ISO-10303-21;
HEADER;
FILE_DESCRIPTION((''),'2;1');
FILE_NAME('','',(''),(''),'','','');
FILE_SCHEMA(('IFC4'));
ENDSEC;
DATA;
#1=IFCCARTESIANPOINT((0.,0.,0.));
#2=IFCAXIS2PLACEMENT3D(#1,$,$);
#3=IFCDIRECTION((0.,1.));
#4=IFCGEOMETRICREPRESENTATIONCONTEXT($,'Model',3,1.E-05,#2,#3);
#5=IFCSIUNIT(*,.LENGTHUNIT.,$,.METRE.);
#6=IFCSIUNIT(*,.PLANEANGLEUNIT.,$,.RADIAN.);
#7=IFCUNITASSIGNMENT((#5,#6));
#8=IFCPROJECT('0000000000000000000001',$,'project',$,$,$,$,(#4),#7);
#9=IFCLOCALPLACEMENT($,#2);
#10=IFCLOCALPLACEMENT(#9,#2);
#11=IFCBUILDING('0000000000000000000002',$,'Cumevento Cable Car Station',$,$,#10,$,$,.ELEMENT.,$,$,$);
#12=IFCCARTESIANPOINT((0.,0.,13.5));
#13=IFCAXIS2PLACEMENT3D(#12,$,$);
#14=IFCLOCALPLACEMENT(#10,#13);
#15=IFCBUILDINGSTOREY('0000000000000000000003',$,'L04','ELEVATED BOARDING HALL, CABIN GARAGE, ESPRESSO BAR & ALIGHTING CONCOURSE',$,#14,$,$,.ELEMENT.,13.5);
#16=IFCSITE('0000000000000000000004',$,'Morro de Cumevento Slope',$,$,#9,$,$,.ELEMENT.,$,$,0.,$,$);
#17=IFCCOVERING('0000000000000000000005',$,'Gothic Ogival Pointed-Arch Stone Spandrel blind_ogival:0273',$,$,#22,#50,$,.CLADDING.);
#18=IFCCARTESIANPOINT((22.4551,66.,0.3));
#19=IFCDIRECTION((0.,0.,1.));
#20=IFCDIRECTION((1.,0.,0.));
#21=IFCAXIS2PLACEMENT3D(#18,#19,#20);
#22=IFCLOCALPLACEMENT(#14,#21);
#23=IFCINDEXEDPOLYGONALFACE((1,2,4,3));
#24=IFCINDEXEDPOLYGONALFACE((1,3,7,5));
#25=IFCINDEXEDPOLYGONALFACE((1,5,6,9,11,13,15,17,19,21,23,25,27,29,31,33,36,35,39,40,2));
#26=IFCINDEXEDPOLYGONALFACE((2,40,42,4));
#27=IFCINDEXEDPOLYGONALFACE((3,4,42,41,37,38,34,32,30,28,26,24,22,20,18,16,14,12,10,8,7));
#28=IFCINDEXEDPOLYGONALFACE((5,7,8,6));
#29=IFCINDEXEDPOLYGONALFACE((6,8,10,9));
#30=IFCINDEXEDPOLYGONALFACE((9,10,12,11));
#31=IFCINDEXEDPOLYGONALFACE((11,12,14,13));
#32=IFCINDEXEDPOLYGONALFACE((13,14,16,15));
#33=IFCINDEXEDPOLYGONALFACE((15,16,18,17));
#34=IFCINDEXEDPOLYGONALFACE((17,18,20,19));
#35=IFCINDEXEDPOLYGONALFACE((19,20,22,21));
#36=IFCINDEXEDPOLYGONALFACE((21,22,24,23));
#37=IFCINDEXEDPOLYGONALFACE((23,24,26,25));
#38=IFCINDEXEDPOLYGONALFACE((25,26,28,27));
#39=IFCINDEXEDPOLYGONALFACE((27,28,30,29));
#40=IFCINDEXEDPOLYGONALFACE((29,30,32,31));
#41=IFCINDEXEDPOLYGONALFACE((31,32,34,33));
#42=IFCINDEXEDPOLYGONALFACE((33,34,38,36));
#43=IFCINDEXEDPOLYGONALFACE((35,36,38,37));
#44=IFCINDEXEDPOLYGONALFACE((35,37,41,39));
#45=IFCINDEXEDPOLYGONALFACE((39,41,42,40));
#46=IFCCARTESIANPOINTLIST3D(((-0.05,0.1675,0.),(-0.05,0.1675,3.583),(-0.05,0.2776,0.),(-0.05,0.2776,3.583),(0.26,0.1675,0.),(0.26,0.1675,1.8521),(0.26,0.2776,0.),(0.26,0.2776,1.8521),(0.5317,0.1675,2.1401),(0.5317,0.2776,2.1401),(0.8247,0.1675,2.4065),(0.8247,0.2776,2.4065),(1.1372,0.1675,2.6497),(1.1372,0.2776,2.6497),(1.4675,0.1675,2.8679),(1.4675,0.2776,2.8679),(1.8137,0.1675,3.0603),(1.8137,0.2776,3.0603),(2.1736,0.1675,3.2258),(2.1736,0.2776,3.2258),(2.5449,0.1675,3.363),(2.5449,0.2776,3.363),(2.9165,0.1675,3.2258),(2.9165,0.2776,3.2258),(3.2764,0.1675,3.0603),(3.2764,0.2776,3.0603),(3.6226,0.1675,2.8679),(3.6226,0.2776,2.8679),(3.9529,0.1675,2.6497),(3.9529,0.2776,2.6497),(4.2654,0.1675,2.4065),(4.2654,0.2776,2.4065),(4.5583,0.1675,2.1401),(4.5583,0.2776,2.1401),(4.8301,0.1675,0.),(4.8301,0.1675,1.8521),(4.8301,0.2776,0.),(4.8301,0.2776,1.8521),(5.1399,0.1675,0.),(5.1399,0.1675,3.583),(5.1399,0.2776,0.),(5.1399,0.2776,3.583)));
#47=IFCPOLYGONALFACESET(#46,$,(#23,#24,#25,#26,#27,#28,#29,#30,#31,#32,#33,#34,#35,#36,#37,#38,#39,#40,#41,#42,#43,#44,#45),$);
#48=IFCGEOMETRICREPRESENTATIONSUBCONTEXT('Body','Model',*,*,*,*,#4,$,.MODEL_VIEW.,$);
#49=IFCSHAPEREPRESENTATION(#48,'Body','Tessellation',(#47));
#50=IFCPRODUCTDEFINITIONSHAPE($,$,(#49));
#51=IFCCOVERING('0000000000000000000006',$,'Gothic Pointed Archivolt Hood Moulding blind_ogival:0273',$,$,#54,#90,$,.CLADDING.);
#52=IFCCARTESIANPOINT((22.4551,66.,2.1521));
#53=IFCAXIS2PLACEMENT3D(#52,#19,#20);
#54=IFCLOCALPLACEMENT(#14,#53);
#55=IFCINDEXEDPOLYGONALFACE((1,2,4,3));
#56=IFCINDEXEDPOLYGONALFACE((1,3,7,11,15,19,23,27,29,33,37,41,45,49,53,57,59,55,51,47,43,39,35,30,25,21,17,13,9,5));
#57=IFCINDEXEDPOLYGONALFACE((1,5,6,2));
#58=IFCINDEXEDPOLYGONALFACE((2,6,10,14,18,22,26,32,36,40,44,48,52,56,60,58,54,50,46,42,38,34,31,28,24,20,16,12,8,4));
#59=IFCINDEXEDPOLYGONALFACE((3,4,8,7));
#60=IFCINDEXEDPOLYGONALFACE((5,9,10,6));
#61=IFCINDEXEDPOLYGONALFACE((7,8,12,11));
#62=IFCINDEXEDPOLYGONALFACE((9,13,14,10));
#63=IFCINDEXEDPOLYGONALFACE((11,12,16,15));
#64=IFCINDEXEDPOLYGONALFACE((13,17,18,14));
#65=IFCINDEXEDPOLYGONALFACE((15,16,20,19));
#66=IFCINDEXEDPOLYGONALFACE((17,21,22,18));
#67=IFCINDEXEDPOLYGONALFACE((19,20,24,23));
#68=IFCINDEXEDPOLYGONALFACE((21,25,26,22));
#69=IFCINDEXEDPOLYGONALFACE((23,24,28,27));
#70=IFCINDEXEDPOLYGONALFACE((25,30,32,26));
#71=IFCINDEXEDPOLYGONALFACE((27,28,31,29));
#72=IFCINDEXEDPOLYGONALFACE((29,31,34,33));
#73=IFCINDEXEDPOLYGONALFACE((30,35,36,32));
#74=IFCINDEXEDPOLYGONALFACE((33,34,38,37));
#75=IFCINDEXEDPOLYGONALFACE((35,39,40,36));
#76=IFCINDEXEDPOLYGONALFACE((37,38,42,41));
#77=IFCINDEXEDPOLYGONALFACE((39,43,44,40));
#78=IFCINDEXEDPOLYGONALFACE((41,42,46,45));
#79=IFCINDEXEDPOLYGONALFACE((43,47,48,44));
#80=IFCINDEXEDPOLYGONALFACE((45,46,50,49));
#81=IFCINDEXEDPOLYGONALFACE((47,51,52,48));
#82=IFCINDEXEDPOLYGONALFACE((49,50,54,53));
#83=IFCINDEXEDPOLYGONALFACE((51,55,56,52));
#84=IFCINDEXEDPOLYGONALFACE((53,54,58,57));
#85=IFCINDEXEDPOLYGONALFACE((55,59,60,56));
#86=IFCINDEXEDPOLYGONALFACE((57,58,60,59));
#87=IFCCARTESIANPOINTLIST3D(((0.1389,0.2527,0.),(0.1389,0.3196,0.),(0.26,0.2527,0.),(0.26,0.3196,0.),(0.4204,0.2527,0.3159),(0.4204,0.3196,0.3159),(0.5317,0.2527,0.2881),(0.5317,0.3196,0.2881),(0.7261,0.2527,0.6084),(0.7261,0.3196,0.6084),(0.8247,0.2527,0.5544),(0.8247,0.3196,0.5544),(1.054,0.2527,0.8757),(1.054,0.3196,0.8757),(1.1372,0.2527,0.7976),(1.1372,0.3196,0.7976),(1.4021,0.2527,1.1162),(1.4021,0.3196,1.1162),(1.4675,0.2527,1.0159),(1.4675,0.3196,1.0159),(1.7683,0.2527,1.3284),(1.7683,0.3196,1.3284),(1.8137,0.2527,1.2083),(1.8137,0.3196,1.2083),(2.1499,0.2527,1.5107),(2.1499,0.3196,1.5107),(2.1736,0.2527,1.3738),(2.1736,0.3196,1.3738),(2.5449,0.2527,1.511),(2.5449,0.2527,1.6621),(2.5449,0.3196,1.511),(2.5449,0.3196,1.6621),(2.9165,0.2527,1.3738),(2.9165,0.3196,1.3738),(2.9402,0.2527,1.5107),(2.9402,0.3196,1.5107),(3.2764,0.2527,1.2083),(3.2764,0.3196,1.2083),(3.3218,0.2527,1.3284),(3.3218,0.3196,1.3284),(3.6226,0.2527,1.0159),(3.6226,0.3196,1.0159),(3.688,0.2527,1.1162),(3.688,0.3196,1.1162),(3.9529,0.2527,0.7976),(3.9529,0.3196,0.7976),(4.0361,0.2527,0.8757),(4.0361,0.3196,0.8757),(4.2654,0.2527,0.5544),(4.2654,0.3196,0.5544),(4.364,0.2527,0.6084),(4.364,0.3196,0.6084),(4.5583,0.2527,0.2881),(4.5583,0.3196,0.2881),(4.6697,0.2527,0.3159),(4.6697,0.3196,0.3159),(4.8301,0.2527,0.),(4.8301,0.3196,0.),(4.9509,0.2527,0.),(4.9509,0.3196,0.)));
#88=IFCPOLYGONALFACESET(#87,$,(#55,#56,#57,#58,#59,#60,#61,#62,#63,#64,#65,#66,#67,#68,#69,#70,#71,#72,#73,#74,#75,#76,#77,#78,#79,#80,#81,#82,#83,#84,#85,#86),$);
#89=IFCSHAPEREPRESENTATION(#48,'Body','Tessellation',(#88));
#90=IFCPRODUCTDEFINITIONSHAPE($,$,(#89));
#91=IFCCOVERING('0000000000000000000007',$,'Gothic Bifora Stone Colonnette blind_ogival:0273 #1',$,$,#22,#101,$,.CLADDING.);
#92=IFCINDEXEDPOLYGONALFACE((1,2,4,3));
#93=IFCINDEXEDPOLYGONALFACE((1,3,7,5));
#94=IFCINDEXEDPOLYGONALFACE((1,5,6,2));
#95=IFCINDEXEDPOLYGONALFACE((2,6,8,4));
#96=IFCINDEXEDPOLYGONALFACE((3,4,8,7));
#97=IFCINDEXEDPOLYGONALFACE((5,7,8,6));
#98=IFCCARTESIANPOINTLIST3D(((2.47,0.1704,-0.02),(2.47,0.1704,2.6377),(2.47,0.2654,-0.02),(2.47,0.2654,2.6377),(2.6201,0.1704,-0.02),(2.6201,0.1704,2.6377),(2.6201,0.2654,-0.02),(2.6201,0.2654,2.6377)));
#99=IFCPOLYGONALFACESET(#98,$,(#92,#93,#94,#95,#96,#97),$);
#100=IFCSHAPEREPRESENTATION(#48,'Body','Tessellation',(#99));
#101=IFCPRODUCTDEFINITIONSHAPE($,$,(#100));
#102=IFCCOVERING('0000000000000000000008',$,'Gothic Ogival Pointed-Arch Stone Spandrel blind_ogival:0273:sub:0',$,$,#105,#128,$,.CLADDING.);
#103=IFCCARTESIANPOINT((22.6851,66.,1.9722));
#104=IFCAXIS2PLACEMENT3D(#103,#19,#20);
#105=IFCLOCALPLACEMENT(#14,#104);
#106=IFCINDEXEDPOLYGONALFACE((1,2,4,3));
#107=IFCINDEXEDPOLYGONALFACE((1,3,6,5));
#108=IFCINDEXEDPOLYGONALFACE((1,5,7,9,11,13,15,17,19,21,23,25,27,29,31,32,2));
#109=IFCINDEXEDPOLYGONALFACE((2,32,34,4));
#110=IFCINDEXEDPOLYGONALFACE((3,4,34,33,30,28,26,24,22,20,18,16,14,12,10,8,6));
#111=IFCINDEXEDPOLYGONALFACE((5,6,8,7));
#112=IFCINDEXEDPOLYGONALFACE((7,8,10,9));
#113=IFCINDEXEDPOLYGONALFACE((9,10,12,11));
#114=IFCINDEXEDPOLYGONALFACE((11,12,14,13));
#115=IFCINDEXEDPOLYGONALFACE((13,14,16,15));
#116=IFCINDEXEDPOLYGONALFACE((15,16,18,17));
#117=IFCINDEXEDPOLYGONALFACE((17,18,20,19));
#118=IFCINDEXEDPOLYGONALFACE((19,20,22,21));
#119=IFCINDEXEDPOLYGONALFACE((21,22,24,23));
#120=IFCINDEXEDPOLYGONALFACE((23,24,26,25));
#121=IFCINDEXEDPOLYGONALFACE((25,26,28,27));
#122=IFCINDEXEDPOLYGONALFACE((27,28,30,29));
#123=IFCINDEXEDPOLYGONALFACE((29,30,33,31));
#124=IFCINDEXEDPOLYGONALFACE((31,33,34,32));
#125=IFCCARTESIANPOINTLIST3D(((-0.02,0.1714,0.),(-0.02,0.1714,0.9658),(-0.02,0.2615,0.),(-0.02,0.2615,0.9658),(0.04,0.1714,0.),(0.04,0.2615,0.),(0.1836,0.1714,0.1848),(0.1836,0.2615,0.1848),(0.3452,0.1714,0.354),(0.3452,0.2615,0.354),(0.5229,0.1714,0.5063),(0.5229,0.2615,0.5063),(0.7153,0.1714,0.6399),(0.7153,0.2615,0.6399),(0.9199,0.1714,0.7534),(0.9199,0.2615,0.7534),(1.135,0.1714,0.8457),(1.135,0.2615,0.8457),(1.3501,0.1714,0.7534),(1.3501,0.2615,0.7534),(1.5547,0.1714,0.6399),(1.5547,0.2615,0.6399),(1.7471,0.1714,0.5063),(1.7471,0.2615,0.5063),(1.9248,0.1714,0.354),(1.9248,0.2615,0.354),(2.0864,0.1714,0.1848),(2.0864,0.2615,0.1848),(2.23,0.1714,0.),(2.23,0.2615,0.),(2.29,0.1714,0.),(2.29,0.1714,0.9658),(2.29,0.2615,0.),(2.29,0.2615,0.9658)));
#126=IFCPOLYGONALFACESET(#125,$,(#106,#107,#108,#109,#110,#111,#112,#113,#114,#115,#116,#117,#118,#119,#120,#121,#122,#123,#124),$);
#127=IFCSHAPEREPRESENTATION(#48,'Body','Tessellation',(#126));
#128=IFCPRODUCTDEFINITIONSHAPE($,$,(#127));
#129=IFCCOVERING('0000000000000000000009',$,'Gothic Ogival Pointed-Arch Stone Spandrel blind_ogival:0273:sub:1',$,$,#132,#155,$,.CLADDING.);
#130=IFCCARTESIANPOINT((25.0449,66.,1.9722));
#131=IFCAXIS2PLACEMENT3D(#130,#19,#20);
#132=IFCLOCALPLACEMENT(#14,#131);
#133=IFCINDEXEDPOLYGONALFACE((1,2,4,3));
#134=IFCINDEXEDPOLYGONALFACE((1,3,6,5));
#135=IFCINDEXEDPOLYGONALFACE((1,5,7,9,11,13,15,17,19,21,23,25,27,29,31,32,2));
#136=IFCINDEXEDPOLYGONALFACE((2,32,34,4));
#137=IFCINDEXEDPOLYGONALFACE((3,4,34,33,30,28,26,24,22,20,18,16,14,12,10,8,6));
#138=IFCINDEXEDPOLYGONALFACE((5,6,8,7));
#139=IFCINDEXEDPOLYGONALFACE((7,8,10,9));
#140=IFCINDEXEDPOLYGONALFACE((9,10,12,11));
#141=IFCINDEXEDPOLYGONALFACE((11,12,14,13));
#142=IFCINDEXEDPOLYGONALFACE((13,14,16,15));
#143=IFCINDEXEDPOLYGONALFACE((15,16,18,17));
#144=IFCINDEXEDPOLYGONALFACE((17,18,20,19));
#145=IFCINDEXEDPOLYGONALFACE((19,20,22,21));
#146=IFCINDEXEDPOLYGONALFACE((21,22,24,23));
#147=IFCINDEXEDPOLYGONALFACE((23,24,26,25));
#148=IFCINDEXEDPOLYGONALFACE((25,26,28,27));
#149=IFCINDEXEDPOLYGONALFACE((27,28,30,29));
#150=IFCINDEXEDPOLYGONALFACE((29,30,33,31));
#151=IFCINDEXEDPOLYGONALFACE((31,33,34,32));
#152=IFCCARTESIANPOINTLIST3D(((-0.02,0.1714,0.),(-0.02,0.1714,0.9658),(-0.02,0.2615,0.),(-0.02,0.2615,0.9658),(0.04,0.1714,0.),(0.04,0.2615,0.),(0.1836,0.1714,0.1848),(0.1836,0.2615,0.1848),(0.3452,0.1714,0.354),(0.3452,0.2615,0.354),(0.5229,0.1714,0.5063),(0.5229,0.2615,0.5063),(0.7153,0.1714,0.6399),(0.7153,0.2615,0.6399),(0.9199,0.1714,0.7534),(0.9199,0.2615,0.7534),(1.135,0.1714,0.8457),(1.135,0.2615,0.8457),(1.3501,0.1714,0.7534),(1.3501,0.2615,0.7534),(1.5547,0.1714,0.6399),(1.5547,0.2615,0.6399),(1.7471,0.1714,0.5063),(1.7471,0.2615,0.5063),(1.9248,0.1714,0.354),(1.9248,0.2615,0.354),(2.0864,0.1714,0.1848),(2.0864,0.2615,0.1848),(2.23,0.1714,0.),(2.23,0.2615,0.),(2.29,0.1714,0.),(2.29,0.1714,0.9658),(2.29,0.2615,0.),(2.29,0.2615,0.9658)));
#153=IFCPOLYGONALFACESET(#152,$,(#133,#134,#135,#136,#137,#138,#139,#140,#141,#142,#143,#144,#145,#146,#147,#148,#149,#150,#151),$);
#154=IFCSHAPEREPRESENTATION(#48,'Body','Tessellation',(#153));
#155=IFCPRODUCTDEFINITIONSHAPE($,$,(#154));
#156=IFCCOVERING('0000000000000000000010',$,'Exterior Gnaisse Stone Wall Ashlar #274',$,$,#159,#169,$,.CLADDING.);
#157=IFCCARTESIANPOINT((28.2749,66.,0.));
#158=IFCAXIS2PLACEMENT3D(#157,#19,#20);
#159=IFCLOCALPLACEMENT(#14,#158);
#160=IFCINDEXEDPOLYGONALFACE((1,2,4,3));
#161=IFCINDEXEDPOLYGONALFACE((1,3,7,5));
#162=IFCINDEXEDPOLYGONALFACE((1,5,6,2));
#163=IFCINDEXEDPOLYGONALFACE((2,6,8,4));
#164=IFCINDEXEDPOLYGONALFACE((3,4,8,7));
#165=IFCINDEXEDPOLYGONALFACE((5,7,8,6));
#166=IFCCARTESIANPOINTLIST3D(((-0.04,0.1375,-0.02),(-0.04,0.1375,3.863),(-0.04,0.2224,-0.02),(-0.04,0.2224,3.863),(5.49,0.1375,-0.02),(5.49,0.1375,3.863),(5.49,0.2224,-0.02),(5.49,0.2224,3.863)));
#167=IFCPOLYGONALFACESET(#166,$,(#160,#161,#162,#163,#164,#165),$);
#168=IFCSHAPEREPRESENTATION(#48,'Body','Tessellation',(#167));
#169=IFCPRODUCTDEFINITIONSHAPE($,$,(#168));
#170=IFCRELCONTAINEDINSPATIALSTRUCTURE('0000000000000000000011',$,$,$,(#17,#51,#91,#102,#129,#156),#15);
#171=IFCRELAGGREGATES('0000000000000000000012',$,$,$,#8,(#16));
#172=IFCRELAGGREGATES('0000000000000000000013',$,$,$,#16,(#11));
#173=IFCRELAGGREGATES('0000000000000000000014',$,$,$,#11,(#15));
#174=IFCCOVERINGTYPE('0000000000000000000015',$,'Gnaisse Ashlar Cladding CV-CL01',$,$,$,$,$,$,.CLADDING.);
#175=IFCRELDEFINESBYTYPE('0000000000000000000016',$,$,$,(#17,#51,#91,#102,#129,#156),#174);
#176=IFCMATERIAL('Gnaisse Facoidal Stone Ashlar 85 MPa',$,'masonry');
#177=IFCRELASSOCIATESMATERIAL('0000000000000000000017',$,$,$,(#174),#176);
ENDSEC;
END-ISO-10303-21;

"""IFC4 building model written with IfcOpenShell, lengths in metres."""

from ifc_helpers import new_model, si_unit, direction, frame, origin, place, context, subcontext, project, spatial, polyline, outline, extrude, material, type_object, element, save


model = new_model("IFC4")

# Units and contexts
model_context = context("Model", 3, precision=1e-05, world=origin(), true_north=direction((0.0, 1.0)))
body_context = subcontext(model_context, "Body", "Model", "MODEL_VIEW")
ifc_project = project(units=[si_unit("LENGTHUNIT", "METRE"), si_unit("PLANEANGLEUNIT", "RADIAN")], contexts=[model_context])

# Site, building, storey
site_placement = place(None, origin())
site = spatial("IfcSite", under=ifc_project, at=site_placement, Name="Morro de Cumevento Slope", CompositionType="ELEMENT", RefElevation=0.0)
building_placement = place(site_placement, origin())
building = spatial("IfcBuilding", under=site, at=building_placement, Name="Cumevento Cable Car Station", CompositionType="ELEMENT")
storey_placement = place(building_placement, frame((0.0, 0.0, 13.5)))
storey = spatial("IfcBuildingStorey", under=building, at=storey_placement, Name="L04", Description="ELEVATED BOARDING HALL, CABIN GARAGE, ESPRESSO BAR & ALIGHTING CONCOURSE", CompositionType="ELEMENT", Elevation=13.5)

# Coverings
ifc_material_1 = material(Name="Gnaisse Facoidal Stone Ashlar 85 MPa", Category="masonry")
covering_type = type_object("IfcCoveringType", Name="Gnaisse Ashlar Cladding CV-CL01", PredefinedType="CLADDING", material=ifc_material_1)
placement_1 = place(storey_placement, frame((22.4551, 66.0, 0.3), z_axis=(0.0, 0.0, 1.0), x_axis=(1.0, 0.0, 0.0)))
element("IfcCovering", 1, at=placement_1, inside=storey, type_object=covering_type, Name="Gothic Ogival Pointed-Arch Stone Spandrel blind_ogival:0273", PredefinedType="CLADDING", context=body_context, shape_type="SweptSolid", body=[
    extrude(outline(polyline([(-0.05, 0.0), (-0.05, 3.583), (5.1399, 3.583), (5.1399, 0.0), (4.8301, 0.0), (4.8301, 1.8521), (4.5583, 2.1401), (4.2654, 2.4065), (3.9529, 2.6497), (3.6226, 2.8679), (3.2764, 3.0603), (2.9165, 3.2258), (2.5449, 3.363), (2.1736, 3.2258), (1.8137, 3.0603), (1.4675, 2.8679), (1.1372, 2.6497), (0.8247, 2.4065), (0.5317, 2.1401), (0.26, 1.8521), (0.26, 0.0), (-0.05, 0.0)])), frame((0.0, 0.2776, 0.0), z_axis=(0.0, -1.0, 0.0), x_axis=(1.0, 0.0, 0.0)), (0.0, 0.0, 1.0), 0.1101),
])
covering_1_placement = place(storey_placement, frame((22.4551, 66.0, 2.1521), z_axis=(0.0, 0.0, 1.0), x_axis=(1.0, 0.0, 0.0)))
element("IfcCovering", 2, at=covering_1_placement, inside=storey, type_object=covering_type, Name="Gothic Pointed Archivolt Hood Moulding blind_ogival:0273", PredefinedType="CLADDING", context=body_context, shape_type="SweptSolid", body=[
    extrude(outline(polyline([(0.26, 0.0), (0.5317, 0.2881), (0.8247, 0.5544), (1.1372, 0.7976), (1.4675, 1.0159), (1.8137, 1.2083), (2.1736, 1.3738), (2.5449, 1.511), (2.9165, 1.3738), (3.2764, 1.2083), (3.6226, 1.0159), (3.9529, 0.7976), (4.2654, 0.5544), (4.5583, 0.2881), (4.8301, 0.0), (4.9509, 0.0), (4.6697, 0.3159), (4.364, 0.6084), (4.0361, 0.8757), (3.688, 1.1162), (3.3218, 1.3284), (2.9402, 1.5107), (2.5449, 1.6621), (2.1499, 1.5107), (1.7683, 1.3284), (1.4021, 1.1162), (1.054, 0.8757), (0.7261, 0.6084), (0.4204, 0.3159), (0.1389, 0.0), (0.26, 0.0)])), frame((0.0, 0.3196, 0.0), z_axis=(0.0, -1.0, 0.0), x_axis=(1.0, 0.0, 0.0)), (0.0, 0.0, 1.0), 0.0669),
])
element("IfcCovering", 3, at=placement_1, inside=storey, type_object=covering_type, Name="Gothic Bifora Stone Colonnette blind_ogival:0273 #1", PredefinedType="CLADDING", context=body_context, shape_type="SweptSolid", body=[
    extrude(outline(polyline([(2.47, -0.02), (2.6201, -0.02), (2.6201, 2.6377), (2.47, 2.6377), (2.47, -0.02)])), frame((0.0, 0.2654, 0.0), z_axis=(0.0, -1.0, 0.0), x_axis=(1.0, 0.0, 0.0)), (0.0, 0.0, 1.0), 0.095),
])
for number, where, z_axis, x_axis, name in (
    (4, (22.6851, 66.0, 1.9722), (0.0, 0.0, 1.0), (1.0, 0.0, 0.0), "Gothic Ogival Pointed-Arch Stone Spandrel blind_ogival:0273:sub:0"),
    (5, (25.0449, 66.0, 1.9722), (0.0, 0.0, 1.0), (1.0, 0.0, 0.0), "Gothic Ogival Pointed-Arch Stone Spandrel blind_ogival:0273:sub:1"),
):
    element("IfcCovering", number, at=place(storey_placement, frame(where, z_axis=z_axis, x_axis=x_axis)), inside=storey, type_object=covering_type, Name=name, PredefinedType="CLADDING", context=body_context, shape_type="SweptSolid", body=[
        extrude(outline(polyline([(-0.02, 0.0), (-0.02, 0.9658), (2.29, 0.9658), (2.29, 0.0), (2.23, 0.0), (2.0864, 0.1848), (1.9248, 0.354), (1.7471, 0.5063), (1.5547, 0.6399), (1.3501, 0.7534), (1.135, 0.8457), (0.9199, 0.7534), (0.7153, 0.6399), (0.5229, 0.5063), (0.3452, 0.354), (0.1836, 0.1848), (0.04, 0.0), (-0.02, 0.0)])), frame((0.0, 0.2615, 0.0), z_axis=(0.0, -1.0, 0.0), x_axis=(1.0, 0.0, 0.0)), (0.0, 0.0, 1.0), 0.0901),
    ])
covering_2_placement = place(storey_placement, frame((28.2749, 66.0, 0.0), z_axis=(0.0, 0.0, 1.0), x_axis=(1.0, 0.0, 0.0)))
element("IfcCovering", 6, at=covering_2_placement, inside=storey, type_object=covering_type, Name="Exterior Gnaisse Stone Wall Ashlar #274", PredefinedType="CLADDING", context=body_context, shape_type="SweptSolid", body=[
    extrude(outline(polyline([(-0.04, -0.02), (5.49, -0.02), (5.49, 3.863), (-0.04, 3.863), (-0.04, -0.02)])), frame((0.0, 0.2224, 0.0), z_axis=(0.0, -1.0, 0.0), x_axis=(1.0, 0.0, 0.0)), (0.0, 0.0, 1.0), 0.085),
])

save(model, "model.ifc")
